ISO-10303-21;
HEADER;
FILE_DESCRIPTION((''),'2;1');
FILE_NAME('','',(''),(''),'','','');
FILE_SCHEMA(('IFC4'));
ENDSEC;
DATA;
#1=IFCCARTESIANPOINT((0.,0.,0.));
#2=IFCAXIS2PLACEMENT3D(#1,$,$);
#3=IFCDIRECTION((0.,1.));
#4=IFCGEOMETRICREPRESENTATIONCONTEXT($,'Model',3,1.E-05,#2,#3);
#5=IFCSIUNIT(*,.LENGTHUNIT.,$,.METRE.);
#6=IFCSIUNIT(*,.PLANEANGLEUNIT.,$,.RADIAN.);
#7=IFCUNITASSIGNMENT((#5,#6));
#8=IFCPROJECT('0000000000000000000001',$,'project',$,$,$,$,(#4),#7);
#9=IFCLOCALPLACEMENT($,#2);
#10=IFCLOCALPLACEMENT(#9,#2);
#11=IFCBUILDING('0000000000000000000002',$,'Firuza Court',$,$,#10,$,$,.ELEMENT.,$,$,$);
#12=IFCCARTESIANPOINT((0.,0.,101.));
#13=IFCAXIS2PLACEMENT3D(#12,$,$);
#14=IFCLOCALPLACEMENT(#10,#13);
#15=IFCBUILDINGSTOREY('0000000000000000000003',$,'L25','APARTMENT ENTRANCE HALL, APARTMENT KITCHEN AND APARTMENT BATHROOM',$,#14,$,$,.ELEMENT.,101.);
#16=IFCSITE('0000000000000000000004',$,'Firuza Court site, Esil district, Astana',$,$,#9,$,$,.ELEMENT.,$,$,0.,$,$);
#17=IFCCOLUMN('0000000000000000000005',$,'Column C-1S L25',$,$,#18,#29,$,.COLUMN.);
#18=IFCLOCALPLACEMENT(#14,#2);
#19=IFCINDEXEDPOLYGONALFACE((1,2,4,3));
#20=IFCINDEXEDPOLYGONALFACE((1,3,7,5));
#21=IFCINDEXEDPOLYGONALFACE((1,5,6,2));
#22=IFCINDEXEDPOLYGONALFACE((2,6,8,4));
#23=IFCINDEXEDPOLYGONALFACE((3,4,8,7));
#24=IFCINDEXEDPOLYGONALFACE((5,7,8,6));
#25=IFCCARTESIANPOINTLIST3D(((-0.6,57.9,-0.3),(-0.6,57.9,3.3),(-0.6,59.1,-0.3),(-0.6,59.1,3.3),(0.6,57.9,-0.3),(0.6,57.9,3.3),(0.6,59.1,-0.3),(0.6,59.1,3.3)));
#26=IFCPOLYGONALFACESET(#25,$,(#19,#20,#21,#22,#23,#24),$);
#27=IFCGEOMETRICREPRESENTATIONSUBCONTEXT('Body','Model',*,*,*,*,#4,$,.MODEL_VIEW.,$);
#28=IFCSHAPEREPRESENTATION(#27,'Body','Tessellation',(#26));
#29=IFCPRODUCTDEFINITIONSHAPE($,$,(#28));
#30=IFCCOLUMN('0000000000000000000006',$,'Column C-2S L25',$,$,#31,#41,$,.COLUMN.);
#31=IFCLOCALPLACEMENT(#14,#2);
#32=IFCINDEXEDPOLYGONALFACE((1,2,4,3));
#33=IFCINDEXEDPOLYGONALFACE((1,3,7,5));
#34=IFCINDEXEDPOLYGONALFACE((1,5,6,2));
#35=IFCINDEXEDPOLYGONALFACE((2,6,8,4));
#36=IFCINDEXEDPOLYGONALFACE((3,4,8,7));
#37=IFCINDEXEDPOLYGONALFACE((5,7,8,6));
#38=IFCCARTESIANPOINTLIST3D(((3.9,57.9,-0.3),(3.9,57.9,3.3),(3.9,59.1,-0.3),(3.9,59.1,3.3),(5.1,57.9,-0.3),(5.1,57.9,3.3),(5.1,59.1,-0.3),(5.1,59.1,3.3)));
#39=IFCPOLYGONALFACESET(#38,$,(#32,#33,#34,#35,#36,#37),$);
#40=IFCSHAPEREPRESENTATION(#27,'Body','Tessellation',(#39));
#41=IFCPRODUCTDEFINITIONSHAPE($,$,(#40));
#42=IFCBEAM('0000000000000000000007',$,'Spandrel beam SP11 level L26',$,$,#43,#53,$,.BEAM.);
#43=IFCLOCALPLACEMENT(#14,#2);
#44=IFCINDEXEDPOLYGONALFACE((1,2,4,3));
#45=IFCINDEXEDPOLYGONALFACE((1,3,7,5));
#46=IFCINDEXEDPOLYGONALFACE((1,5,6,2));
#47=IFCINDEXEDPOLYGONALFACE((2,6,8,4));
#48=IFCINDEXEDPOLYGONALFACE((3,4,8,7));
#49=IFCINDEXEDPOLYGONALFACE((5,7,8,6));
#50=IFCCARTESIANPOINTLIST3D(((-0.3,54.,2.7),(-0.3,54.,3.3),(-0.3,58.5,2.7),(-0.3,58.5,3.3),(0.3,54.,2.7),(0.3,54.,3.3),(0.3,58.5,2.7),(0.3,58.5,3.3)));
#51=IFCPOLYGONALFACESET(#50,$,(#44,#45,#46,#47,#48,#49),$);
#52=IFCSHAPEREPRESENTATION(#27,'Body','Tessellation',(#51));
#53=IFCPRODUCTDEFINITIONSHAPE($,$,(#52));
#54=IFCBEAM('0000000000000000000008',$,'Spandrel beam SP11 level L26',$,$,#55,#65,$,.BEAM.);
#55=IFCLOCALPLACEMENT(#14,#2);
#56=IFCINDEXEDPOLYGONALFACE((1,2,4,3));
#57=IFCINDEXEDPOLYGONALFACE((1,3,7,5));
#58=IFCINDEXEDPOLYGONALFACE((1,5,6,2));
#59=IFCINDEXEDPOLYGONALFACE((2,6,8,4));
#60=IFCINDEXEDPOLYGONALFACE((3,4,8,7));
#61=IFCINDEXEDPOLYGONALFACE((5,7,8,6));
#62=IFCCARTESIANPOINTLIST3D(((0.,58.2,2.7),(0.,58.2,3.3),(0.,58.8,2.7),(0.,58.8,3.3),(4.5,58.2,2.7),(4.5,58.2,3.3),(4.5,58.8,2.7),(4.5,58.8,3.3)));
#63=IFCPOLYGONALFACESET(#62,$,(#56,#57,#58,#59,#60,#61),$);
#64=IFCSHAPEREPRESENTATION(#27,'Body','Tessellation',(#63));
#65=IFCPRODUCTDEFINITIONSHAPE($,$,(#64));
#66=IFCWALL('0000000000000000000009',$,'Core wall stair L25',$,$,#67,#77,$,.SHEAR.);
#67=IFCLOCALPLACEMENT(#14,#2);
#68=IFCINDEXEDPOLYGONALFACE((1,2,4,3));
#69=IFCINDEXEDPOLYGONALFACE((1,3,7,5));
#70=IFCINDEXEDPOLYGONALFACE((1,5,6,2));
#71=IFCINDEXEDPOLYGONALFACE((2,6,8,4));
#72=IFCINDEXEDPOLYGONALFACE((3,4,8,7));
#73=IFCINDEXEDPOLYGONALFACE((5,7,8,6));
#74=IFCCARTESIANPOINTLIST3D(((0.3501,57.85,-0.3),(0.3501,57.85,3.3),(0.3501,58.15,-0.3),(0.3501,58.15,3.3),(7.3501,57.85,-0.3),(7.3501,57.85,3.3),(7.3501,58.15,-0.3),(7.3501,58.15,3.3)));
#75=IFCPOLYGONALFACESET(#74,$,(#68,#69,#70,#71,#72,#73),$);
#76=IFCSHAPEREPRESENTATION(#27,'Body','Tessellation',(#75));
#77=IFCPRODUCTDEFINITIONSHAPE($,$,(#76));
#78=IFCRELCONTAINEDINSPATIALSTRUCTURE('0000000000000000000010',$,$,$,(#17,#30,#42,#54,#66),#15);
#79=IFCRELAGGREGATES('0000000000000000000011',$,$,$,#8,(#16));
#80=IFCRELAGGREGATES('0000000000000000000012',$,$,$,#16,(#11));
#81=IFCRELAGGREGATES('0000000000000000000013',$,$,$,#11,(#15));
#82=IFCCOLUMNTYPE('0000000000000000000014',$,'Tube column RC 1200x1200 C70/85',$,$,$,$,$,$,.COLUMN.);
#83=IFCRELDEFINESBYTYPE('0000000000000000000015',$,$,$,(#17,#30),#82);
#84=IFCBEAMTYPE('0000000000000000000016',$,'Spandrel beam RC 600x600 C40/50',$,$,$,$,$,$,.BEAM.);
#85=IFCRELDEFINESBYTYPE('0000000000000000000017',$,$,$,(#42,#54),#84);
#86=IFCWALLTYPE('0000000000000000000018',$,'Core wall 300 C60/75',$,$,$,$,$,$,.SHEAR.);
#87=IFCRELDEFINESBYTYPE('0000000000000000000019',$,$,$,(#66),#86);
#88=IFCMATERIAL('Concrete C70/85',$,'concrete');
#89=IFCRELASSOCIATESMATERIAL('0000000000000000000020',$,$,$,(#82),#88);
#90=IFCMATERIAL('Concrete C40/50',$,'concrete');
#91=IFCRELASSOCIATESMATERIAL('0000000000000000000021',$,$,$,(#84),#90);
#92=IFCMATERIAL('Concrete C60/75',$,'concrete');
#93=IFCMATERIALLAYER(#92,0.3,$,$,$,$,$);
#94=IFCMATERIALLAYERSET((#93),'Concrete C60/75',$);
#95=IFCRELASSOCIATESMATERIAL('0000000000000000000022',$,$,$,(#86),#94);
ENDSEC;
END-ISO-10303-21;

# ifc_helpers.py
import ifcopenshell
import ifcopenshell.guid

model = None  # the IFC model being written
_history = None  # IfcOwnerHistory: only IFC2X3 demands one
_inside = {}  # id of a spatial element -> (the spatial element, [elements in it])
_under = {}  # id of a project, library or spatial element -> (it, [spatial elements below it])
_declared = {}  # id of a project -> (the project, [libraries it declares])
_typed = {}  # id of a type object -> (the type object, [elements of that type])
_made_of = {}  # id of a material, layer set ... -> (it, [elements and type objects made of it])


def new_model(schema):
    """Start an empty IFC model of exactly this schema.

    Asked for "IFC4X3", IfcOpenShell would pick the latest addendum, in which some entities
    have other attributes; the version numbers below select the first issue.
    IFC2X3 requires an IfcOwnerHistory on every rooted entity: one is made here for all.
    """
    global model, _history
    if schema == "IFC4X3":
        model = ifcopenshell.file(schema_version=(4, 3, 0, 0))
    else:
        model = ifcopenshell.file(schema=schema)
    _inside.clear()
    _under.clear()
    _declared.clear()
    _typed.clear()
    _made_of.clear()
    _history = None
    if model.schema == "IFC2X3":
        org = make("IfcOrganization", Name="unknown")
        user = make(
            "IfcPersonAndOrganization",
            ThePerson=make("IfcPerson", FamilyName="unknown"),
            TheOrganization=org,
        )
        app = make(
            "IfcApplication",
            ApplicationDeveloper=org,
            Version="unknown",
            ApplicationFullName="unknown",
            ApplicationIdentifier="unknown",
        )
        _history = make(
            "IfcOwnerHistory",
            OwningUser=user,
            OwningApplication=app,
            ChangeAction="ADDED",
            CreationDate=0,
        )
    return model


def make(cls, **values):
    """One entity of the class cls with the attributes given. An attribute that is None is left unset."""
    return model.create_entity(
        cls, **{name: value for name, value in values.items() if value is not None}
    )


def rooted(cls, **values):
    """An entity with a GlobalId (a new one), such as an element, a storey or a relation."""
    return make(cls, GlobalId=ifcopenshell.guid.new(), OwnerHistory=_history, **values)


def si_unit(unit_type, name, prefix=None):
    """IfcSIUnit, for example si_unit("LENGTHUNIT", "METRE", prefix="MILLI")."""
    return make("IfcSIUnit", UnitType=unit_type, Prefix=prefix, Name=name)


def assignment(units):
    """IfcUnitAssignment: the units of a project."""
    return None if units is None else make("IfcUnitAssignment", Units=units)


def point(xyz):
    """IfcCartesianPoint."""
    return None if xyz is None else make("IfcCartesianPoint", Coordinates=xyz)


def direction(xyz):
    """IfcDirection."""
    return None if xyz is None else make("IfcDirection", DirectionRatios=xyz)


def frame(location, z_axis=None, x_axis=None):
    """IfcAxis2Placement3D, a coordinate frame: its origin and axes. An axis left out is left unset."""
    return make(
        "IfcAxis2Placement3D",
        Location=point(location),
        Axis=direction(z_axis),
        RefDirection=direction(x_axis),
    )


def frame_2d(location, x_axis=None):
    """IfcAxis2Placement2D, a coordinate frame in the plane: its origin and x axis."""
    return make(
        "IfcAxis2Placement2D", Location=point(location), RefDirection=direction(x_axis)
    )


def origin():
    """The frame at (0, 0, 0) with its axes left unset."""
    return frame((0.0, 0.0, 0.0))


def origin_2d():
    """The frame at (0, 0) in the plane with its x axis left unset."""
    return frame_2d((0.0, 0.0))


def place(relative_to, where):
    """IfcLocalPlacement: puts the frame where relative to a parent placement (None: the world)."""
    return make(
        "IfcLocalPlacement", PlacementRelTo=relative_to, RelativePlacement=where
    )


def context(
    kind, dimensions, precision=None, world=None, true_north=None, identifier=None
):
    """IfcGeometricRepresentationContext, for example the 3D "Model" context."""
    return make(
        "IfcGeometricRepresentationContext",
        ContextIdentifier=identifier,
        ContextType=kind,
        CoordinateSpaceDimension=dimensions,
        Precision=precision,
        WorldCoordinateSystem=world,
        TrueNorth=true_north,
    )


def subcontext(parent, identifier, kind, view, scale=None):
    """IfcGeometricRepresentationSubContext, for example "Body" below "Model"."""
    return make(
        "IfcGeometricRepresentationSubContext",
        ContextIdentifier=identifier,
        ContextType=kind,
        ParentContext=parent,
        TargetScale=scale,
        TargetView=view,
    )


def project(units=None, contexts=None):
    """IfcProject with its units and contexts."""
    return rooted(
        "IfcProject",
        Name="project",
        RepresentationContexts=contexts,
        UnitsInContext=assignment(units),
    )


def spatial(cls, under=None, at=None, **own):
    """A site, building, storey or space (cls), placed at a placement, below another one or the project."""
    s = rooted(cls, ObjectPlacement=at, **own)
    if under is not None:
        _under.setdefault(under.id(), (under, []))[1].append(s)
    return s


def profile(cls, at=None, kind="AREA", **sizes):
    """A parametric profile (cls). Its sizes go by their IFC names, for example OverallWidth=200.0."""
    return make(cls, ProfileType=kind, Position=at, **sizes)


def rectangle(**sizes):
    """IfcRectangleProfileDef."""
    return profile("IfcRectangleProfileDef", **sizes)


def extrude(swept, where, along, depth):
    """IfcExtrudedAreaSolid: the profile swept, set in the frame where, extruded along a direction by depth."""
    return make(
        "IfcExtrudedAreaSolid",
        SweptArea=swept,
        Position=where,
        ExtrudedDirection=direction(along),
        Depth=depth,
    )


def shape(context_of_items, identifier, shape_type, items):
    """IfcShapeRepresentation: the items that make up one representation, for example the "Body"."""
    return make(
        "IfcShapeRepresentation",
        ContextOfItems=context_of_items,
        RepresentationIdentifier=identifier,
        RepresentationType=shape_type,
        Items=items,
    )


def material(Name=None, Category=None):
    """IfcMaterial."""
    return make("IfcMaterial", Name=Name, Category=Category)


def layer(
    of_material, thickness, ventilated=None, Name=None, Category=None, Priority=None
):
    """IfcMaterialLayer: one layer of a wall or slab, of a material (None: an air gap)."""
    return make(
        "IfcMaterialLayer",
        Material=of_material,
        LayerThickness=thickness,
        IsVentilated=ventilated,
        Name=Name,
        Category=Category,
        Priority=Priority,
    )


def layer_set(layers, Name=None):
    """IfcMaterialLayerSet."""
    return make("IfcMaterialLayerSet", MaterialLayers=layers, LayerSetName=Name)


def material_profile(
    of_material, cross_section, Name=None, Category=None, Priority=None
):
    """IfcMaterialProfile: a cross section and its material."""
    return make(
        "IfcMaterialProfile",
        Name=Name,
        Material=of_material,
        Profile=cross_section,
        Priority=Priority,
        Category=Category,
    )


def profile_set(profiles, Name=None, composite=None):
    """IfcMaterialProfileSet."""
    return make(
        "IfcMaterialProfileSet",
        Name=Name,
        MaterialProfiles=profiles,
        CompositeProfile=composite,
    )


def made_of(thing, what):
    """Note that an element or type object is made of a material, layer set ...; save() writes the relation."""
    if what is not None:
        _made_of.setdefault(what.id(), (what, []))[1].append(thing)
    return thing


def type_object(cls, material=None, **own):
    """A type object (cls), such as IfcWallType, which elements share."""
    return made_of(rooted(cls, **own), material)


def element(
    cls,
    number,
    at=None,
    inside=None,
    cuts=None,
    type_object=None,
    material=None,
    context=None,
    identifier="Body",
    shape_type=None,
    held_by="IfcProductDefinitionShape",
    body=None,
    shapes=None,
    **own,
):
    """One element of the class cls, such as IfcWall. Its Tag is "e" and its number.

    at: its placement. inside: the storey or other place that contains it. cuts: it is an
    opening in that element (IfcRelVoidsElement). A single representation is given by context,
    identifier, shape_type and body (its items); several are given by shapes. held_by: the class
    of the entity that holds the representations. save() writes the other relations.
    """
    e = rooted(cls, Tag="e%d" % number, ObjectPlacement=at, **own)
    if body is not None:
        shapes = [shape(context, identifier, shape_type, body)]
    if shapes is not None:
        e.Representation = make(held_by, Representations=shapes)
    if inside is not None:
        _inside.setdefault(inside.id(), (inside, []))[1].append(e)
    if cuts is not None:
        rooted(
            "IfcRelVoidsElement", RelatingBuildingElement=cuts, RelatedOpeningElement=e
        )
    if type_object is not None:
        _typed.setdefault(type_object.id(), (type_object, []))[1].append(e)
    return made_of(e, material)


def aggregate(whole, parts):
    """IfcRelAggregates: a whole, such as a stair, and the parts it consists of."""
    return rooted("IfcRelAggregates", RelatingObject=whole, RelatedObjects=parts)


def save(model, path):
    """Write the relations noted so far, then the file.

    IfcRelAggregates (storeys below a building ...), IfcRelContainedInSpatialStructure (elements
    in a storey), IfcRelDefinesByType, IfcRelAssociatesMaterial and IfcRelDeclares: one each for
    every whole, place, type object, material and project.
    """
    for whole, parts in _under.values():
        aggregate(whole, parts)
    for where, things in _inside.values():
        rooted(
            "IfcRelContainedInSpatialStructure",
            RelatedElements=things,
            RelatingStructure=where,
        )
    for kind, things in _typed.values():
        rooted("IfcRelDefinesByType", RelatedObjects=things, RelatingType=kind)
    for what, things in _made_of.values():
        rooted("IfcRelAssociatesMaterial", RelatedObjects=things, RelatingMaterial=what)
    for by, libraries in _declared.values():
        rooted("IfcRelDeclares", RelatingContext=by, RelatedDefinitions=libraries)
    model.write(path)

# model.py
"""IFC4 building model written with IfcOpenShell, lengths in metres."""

from ifc_helpers import new_model, si_unit, direction, frame, frame_2d, origin, origin_2d, place, context, subcontext, project, spatial, rectangle, extrude, material, layer, layer_set, material_profile, profile_set, type_object, element, save


model = new_model("IFC4")

# Units and contexts
model_context = context("Model", 3, precision=1e-05, world=origin(), true_north=direction((0.0, 1.0)))
body_context = subcontext(model_context, "Body", "Model", "MODEL_VIEW")
ifc_project = project(units=[si_unit("LENGTHUNIT", "METRE"), si_unit("PLANEANGLEUNIT", "RADIAN")], contexts=[model_context])

# Site, building, storey
site_placement = place(None, origin())
site = spatial("IfcSite", under=ifc_project, at=site_placement, Name="Firuza Court site, Esil district, Astana", CompositionType="ELEMENT", RefElevation=0.0)
building_placement = place(site_placement, origin())
building = spatial("IfcBuilding", under=site, at=building_placement, Name="Firuza Court", CompositionType="ELEMENT")
storey_placement = place(building_placement, frame((0.0, 0.0, 101.0)))
storey = spatial("IfcBuildingStorey", under=building, at=storey_placement, Name="L25", Description="APARTMENT ENTRANCE HALL, APARTMENT KITCHEN AND APARTMENT BATHROOM", CompositionType="ELEMENT", Elevation=101.0)

# Columns
ifc_material_1 = material(Name="Concrete C70/85", Category="concrete")
ifc_material_profile_1 = material_profile(ifc_material_1, rectangle(XDim=1.2, YDim=1.2, at=origin_2d()), Name="RC 1200x1200")
ifc_profile_set_1 = profile_set([ifc_material_profile_1], Name="Concrete C70/85")
column_type = type_object("IfcColumnType", Name="Tube column RC 1200x1200 C70/85", PredefinedType="COLUMN", material=ifc_profile_set_1)
for number, where, z_axis, x_axis, name in (
    (1, (0.0, 58.5, -0.3), (0.0, 0.0, 1.0), (1.0, 0.0, 0.0), "Column C-1S L25"),
    (2, (4.5, 58.5, -0.3), (0.0, 0.0, 1.0), (1.0, 0.0, 0.0), "Column C-2S L25"),
):
    element("IfcColumn", number, at=place(storey_placement, frame(where, z_axis=z_axis, x_axis=x_axis)), inside=storey, type_object=column_type, Name=name, PredefinedType="COLUMN", context=body_context, shape_type="SweptSolid", body=[
        extrude(rectangle(XDim=1.2, YDim=1.2, at=origin_2d()), origin(), (0.0, 0.0, 1.0), 3.6001),
    ])

# Beams
ifc_material_2 = material(Name="Concrete C40/50", Category="concrete")
ifc_material_profile_2 = material_profile(ifc_material_2, rectangle(XDim=0.6001, YDim=0.6001, at=origin_2d()), Name="RC 600x600")
ifc_profile_set_2 = profile_set([ifc_material_profile_2], Name="Concrete C40/50")
beam_type = type_object("IfcBeamType", Name="Spandrel beam RC 600x600 C40/50", PredefinedType="BEAM", material=ifc_profile_set_2)
for number, where, z_axis, x_axis, name in (
    (3, (0.0, 58.5, 3.0), (0.0, -1.0, 0.0), (1.0, 0.0, 0.0), "Spandrel beam SP11 level L26"),
    (4, (4.5, 58.5, 3.0), (-1.0, 0.0, 0.0), (0.0, -1.0, 0.0), "Spandrel beam SP11 level L26"),
):
    element("IfcBeam", number, at=place(storey_placement, frame(where, z_axis=z_axis, x_axis=x_axis)), inside=storey, type_object=beam_type, Name=name, PredefinedType="BEAM", context=body_context, shape_type="SweptSolid", body=[
        extrude(rectangle(XDim=0.6001, YDim=0.6001, at=origin_2d()), origin(), (0.0, 0.0, 1.0), 4.5),
    ])

# Wall
ifc_material_3 = material(Name="Concrete C60/75", Category="concrete")
ifc_layer_1 = layer(ifc_material_3, 0.3)
ifc_layer_set_1 = layer_set([ifc_layer_1], Name="Concrete C60/75")
wall_type_1 = type_object("IfcWallType", Name="Core wall 300 C60/75", PredefinedType="SHEAR", material=ifc_layer_set_1)
wall_1_placement = place(storey_placement, frame((0.3501, 58.0, -0.3), z_axis=(0.0, 0.0, 1.0), x_axis=(1.0, 0.0, 0.0)))
element("IfcWall", 5, at=wall_1_placement, inside=storey, type_object=wall_type_1, Name="Core wall stair L25", PredefinedType="SHEAR", context=body_context, shape_type="SweptSolid", body=[
    extrude(rectangle(XDim=7.0, YDim=0.3, at=frame_2d((3.5, 0.0))), origin(), (0.0, 0.0, 1.0), 3.6001),
])

save(model, "model.ifc")
